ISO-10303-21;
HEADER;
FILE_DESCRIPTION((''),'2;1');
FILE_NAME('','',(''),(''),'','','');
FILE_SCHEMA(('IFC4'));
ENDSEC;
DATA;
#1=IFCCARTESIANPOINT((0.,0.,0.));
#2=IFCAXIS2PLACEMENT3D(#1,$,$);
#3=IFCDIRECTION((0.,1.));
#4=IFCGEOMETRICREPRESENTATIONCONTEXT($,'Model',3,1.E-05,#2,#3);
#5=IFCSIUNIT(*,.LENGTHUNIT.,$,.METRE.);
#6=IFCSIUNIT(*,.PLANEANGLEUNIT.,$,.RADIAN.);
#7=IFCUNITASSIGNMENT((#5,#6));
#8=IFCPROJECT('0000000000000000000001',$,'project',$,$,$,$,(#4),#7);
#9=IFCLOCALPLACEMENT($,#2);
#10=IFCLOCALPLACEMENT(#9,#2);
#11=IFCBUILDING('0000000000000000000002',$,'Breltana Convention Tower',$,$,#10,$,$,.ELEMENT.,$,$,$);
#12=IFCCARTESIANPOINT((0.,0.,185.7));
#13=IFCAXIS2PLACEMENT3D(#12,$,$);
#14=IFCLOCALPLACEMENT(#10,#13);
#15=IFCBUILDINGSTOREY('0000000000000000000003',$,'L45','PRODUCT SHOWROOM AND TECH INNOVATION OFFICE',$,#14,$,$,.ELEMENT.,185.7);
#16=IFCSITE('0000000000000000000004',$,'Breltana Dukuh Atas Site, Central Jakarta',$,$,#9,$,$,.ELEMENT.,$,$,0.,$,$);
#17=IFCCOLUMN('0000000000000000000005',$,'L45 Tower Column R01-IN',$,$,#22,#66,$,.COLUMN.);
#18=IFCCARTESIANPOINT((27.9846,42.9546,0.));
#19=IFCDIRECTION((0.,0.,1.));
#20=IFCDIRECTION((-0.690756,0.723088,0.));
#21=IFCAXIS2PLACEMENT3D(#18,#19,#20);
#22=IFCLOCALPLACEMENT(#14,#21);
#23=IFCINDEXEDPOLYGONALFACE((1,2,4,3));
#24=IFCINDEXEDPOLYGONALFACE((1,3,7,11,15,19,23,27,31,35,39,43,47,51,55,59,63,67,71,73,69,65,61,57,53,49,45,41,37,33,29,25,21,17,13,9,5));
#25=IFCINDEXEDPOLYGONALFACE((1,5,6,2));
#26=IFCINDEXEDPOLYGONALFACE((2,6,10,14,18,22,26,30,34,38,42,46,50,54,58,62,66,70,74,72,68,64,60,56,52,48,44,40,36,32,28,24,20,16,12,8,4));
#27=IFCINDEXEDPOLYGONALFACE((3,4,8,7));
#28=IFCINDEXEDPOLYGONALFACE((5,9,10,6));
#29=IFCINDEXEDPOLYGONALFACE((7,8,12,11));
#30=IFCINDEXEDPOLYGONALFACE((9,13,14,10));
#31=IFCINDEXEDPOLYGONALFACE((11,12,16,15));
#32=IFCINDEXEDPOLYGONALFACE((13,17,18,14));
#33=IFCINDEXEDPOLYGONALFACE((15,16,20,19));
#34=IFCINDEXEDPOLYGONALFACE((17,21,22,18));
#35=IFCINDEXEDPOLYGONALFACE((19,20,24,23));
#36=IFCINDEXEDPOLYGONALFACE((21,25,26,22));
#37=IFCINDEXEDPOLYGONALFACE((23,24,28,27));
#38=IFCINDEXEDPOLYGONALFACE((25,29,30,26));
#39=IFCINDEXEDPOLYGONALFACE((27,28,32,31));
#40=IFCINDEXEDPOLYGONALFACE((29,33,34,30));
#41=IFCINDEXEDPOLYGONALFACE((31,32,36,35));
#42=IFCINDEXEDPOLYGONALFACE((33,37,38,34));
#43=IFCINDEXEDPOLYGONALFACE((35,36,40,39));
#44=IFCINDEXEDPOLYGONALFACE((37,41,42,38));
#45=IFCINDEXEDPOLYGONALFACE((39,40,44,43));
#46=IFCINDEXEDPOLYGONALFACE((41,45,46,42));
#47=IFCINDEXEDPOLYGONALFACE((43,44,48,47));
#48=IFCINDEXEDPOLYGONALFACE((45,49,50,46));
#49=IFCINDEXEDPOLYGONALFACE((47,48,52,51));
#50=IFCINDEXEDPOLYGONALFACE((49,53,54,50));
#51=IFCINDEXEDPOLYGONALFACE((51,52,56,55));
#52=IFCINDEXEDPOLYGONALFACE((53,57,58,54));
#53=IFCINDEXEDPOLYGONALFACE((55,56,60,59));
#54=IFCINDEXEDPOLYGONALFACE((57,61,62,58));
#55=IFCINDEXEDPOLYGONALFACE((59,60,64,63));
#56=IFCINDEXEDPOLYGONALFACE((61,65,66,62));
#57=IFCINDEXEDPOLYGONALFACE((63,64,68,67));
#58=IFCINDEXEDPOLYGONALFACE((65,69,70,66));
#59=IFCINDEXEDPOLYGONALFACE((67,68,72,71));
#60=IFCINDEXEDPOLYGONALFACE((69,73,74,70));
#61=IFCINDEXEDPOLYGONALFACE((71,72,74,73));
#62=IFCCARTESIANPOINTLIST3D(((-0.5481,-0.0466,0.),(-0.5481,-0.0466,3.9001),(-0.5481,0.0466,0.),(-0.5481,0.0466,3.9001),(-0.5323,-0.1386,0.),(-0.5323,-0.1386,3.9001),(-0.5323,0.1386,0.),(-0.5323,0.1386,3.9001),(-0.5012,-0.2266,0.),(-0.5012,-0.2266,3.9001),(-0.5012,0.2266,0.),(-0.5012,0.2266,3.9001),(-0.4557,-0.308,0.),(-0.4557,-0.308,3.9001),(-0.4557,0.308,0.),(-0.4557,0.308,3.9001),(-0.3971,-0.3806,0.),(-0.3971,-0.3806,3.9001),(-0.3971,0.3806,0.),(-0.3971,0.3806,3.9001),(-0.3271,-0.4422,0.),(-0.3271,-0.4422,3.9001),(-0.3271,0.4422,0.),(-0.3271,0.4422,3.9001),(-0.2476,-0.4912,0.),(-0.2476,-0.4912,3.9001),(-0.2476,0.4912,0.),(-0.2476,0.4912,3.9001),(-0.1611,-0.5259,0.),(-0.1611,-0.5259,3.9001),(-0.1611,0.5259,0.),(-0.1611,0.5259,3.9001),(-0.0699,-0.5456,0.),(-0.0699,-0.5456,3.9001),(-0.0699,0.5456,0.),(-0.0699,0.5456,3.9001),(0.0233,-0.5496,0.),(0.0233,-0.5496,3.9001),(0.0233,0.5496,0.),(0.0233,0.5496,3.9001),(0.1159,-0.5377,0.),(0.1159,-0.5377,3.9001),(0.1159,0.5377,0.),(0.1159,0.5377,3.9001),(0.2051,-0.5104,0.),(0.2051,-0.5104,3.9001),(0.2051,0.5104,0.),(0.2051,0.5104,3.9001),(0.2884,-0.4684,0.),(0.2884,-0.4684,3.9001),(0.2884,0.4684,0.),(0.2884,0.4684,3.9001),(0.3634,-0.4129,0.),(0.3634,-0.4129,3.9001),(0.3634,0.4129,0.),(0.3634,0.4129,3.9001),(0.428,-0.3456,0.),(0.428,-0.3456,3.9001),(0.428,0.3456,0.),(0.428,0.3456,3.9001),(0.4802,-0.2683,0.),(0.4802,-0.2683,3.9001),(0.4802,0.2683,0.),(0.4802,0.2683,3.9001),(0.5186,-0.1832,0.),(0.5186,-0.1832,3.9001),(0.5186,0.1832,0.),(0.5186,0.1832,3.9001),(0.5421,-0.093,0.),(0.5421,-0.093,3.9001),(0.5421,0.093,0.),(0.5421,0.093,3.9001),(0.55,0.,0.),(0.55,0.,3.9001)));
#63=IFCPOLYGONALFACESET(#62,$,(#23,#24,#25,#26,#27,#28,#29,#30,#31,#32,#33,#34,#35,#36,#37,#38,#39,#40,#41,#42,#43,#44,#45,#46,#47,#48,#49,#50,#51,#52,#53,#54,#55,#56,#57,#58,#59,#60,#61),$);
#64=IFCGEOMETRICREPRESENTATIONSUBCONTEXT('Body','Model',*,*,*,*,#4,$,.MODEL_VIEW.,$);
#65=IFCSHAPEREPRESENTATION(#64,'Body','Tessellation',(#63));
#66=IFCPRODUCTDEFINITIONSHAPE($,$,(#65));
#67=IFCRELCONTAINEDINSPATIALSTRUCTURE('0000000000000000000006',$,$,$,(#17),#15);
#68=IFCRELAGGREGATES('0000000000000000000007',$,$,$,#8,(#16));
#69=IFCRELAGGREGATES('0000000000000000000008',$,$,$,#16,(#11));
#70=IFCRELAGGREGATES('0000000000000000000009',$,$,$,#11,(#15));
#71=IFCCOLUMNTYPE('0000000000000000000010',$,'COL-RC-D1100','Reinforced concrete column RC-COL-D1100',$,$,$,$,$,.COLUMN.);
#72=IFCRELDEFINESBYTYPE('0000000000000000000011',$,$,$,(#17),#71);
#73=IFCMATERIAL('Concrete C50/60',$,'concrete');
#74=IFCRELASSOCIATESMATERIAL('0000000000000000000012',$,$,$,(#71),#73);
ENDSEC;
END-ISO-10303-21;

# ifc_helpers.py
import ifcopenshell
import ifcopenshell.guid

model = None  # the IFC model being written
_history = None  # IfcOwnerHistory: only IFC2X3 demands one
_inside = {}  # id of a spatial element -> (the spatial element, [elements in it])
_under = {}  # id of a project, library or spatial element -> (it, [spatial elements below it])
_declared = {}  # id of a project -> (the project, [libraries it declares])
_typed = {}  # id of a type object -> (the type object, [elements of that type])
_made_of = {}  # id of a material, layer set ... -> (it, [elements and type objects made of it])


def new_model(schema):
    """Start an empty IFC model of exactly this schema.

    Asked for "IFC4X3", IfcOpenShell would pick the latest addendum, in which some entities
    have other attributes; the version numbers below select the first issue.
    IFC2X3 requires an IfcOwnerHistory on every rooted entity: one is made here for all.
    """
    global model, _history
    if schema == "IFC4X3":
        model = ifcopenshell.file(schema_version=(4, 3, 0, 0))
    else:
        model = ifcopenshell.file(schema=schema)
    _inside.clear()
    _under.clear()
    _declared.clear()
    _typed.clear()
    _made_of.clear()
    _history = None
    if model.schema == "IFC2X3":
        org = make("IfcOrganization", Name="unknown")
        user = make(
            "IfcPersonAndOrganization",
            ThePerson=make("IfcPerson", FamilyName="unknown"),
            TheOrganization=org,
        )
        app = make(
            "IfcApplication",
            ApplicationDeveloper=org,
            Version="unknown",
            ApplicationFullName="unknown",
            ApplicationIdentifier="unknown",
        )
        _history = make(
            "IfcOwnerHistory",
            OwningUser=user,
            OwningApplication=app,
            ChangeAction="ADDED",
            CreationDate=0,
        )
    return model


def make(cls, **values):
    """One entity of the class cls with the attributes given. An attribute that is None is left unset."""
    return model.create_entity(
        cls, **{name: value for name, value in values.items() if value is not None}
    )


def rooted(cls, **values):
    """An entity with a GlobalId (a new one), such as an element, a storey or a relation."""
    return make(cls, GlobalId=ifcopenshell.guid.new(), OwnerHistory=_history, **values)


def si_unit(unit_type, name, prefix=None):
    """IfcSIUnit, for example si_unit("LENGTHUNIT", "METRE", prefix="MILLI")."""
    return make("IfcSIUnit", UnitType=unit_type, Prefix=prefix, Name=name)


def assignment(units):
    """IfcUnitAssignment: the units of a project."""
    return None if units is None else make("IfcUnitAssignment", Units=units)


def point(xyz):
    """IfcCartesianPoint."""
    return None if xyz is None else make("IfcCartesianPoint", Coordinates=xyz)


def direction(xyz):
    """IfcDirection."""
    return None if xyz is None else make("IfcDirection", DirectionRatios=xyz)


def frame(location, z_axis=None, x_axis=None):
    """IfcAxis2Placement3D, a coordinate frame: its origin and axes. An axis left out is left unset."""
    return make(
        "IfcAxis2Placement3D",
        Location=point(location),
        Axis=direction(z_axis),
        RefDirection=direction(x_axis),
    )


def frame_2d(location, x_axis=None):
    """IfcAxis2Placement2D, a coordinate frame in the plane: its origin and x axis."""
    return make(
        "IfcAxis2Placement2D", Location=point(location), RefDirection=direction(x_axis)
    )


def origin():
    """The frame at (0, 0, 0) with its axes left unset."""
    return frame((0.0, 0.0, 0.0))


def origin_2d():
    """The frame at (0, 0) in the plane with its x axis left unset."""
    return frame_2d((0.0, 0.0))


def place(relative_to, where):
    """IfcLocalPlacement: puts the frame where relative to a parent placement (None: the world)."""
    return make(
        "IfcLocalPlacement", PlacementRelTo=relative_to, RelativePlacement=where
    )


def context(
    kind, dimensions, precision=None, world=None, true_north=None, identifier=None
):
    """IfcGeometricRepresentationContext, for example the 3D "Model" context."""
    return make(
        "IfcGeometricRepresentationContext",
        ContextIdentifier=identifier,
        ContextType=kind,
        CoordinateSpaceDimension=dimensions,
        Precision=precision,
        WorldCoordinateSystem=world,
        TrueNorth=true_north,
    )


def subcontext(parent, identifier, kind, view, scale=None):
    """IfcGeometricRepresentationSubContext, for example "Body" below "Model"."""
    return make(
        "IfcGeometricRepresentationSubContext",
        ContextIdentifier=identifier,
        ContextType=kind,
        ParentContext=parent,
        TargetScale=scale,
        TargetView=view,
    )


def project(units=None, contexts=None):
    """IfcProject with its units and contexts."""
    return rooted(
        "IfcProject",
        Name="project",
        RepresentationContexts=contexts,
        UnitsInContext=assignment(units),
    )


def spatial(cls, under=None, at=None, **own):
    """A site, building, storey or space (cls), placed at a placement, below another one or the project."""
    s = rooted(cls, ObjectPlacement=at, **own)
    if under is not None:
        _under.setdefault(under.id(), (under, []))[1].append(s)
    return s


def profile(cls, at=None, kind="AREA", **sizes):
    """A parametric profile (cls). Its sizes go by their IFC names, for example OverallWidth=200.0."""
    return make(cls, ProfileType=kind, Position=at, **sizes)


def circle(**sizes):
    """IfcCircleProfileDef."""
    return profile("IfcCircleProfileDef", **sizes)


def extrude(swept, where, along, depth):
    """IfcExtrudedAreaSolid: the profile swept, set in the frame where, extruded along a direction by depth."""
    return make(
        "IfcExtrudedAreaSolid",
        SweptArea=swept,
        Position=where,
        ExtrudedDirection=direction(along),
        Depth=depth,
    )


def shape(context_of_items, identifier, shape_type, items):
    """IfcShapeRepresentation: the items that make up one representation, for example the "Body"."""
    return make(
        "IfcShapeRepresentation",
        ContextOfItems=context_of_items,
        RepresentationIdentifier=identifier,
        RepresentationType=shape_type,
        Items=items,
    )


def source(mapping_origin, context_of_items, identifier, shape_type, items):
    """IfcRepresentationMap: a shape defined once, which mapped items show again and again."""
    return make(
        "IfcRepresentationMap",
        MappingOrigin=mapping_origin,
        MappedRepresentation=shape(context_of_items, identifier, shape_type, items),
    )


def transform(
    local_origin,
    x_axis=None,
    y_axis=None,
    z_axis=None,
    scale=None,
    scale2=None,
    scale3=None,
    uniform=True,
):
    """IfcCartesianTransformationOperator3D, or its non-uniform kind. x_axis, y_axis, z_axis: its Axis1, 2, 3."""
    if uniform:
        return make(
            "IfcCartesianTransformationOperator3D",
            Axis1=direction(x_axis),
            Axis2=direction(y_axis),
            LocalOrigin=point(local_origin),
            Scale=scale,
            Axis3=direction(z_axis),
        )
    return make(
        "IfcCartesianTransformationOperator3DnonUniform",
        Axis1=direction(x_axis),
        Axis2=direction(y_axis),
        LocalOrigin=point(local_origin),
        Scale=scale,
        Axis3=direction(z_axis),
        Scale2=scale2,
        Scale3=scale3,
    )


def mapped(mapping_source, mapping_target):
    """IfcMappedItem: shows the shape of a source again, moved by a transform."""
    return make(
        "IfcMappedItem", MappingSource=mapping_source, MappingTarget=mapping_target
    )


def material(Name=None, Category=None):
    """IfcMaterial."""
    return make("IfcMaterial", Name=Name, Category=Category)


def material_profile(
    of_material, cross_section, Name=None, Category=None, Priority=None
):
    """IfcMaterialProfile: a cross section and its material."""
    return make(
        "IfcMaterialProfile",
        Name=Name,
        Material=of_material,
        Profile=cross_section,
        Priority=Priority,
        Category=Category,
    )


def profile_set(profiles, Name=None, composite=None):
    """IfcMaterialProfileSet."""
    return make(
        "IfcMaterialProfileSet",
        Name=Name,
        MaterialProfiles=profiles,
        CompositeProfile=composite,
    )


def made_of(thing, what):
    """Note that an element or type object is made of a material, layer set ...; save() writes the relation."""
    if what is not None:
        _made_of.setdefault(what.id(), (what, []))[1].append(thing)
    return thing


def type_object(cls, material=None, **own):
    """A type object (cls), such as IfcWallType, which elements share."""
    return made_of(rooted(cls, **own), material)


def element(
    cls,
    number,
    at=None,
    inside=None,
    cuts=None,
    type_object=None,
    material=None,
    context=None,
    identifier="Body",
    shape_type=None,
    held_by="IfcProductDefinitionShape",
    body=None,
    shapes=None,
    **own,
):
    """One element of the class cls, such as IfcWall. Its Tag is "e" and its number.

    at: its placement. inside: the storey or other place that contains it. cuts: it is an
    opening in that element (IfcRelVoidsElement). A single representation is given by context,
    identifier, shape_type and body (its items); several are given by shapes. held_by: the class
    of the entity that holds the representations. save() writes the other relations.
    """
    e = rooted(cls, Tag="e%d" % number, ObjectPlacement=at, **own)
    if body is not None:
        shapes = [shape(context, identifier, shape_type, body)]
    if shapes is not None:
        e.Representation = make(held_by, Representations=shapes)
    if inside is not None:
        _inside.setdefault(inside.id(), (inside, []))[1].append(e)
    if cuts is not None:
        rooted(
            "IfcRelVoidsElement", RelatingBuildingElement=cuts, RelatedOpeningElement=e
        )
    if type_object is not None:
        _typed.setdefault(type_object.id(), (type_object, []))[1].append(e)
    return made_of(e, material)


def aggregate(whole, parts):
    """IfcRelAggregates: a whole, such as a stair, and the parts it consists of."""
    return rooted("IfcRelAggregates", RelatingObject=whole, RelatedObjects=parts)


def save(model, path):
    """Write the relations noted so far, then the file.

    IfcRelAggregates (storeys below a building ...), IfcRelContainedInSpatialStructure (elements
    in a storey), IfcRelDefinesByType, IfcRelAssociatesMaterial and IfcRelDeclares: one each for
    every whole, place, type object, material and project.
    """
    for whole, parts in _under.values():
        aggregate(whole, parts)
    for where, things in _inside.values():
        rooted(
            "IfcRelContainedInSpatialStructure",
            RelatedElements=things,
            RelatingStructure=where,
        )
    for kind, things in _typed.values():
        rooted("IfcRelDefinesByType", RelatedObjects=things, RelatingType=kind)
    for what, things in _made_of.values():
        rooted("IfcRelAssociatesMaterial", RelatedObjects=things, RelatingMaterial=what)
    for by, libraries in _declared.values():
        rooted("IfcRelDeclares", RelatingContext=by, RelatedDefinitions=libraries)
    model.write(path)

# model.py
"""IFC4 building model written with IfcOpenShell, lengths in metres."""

from ifc_helpers import new_model, si_unit, direction, frame, origin, origin_2d, place, context, subcontext, project, spatial, circle, extrude, source, transform, mapped, material, material_profile, profile_set, type_object, element, save


model = new_model("IFC4")

# Units and contexts
model_context = context("Model", 3, precision=1e-05, world=origin(), true_north=direction((0.0, 1.0)))
body_context = subcontext(model_context, "Body", "Model", "MODEL_VIEW")
ifc_project = project(units=[si_unit("LENGTHUNIT", "METRE"), si_unit("PLANEANGLEUNIT", "RADIAN")], contexts=[model_context])

# Site, building, storey
site_placement = place(None, origin())
site = spatial("IfcSite", under=ifc_project, at=site_placement, Name="Breltana Dukuh Atas Site, Central Jakarta", CompositionType="ELEMENT", RefElevation=0.0)
building_placement = place(site_placement, origin())
building = spatial("IfcBuilding", under=site, at=building_placement, Name="Breltana Convention Tower", CompositionType="ELEMENT")
storey_placement = place(building_placement, frame((0.0, 0.0, 185.7)))
storey = spatial("IfcBuildingStorey", under=building, at=storey_placement, Name="L45", Description="PRODUCT SHOWROOM AND TECH INNOVATION OFFICE", CompositionType="ELEMENT", Elevation=185.7)

# Column
ifc_material_1 = material(Name="Concrete C50/60", Category="concrete")
ifc_material_profile_1 = material_profile(ifc_material_1, circle(Radius=0.55, at=origin_2d()), Name="RC-COL-D1100")
ifc_profile_set_1 = profile_set([ifc_material_profile_1], Name="Concrete C50/60")
column_type = type_object("IfcColumnType", Name="COL-RC-D1100", Description="Reinforced concrete column RC-COL-D1100", PredefinedType="COLUMN", material=ifc_profile_set_1)
shared_shape_1 = source(origin(), body_context, "Body", "SweptSolid", [
    extrude(circle(Radius=0.55, at=origin_2d()), origin(), (0.0, 0.0, 1.0), 3.9001),
])
column_placement = place(storey_placement, frame((27.9846, 42.9546, 0.0), z_axis=(0.0, 0.0, 1.0), x_axis=(-0.690756, 0.723088, 0.0)))
element("IfcColumn", 1, at=column_placement, inside=storey, type_object=column_type, Name="L45 Tower Column R01-IN", PredefinedType="COLUMN", context=body_context, shape_type="MappedRepresentation", body=[
    mapped(shared_shape_1, transform((0.0, 0.0, 0.0), scale=1.0)),
])

save(model, "model.ifc")
